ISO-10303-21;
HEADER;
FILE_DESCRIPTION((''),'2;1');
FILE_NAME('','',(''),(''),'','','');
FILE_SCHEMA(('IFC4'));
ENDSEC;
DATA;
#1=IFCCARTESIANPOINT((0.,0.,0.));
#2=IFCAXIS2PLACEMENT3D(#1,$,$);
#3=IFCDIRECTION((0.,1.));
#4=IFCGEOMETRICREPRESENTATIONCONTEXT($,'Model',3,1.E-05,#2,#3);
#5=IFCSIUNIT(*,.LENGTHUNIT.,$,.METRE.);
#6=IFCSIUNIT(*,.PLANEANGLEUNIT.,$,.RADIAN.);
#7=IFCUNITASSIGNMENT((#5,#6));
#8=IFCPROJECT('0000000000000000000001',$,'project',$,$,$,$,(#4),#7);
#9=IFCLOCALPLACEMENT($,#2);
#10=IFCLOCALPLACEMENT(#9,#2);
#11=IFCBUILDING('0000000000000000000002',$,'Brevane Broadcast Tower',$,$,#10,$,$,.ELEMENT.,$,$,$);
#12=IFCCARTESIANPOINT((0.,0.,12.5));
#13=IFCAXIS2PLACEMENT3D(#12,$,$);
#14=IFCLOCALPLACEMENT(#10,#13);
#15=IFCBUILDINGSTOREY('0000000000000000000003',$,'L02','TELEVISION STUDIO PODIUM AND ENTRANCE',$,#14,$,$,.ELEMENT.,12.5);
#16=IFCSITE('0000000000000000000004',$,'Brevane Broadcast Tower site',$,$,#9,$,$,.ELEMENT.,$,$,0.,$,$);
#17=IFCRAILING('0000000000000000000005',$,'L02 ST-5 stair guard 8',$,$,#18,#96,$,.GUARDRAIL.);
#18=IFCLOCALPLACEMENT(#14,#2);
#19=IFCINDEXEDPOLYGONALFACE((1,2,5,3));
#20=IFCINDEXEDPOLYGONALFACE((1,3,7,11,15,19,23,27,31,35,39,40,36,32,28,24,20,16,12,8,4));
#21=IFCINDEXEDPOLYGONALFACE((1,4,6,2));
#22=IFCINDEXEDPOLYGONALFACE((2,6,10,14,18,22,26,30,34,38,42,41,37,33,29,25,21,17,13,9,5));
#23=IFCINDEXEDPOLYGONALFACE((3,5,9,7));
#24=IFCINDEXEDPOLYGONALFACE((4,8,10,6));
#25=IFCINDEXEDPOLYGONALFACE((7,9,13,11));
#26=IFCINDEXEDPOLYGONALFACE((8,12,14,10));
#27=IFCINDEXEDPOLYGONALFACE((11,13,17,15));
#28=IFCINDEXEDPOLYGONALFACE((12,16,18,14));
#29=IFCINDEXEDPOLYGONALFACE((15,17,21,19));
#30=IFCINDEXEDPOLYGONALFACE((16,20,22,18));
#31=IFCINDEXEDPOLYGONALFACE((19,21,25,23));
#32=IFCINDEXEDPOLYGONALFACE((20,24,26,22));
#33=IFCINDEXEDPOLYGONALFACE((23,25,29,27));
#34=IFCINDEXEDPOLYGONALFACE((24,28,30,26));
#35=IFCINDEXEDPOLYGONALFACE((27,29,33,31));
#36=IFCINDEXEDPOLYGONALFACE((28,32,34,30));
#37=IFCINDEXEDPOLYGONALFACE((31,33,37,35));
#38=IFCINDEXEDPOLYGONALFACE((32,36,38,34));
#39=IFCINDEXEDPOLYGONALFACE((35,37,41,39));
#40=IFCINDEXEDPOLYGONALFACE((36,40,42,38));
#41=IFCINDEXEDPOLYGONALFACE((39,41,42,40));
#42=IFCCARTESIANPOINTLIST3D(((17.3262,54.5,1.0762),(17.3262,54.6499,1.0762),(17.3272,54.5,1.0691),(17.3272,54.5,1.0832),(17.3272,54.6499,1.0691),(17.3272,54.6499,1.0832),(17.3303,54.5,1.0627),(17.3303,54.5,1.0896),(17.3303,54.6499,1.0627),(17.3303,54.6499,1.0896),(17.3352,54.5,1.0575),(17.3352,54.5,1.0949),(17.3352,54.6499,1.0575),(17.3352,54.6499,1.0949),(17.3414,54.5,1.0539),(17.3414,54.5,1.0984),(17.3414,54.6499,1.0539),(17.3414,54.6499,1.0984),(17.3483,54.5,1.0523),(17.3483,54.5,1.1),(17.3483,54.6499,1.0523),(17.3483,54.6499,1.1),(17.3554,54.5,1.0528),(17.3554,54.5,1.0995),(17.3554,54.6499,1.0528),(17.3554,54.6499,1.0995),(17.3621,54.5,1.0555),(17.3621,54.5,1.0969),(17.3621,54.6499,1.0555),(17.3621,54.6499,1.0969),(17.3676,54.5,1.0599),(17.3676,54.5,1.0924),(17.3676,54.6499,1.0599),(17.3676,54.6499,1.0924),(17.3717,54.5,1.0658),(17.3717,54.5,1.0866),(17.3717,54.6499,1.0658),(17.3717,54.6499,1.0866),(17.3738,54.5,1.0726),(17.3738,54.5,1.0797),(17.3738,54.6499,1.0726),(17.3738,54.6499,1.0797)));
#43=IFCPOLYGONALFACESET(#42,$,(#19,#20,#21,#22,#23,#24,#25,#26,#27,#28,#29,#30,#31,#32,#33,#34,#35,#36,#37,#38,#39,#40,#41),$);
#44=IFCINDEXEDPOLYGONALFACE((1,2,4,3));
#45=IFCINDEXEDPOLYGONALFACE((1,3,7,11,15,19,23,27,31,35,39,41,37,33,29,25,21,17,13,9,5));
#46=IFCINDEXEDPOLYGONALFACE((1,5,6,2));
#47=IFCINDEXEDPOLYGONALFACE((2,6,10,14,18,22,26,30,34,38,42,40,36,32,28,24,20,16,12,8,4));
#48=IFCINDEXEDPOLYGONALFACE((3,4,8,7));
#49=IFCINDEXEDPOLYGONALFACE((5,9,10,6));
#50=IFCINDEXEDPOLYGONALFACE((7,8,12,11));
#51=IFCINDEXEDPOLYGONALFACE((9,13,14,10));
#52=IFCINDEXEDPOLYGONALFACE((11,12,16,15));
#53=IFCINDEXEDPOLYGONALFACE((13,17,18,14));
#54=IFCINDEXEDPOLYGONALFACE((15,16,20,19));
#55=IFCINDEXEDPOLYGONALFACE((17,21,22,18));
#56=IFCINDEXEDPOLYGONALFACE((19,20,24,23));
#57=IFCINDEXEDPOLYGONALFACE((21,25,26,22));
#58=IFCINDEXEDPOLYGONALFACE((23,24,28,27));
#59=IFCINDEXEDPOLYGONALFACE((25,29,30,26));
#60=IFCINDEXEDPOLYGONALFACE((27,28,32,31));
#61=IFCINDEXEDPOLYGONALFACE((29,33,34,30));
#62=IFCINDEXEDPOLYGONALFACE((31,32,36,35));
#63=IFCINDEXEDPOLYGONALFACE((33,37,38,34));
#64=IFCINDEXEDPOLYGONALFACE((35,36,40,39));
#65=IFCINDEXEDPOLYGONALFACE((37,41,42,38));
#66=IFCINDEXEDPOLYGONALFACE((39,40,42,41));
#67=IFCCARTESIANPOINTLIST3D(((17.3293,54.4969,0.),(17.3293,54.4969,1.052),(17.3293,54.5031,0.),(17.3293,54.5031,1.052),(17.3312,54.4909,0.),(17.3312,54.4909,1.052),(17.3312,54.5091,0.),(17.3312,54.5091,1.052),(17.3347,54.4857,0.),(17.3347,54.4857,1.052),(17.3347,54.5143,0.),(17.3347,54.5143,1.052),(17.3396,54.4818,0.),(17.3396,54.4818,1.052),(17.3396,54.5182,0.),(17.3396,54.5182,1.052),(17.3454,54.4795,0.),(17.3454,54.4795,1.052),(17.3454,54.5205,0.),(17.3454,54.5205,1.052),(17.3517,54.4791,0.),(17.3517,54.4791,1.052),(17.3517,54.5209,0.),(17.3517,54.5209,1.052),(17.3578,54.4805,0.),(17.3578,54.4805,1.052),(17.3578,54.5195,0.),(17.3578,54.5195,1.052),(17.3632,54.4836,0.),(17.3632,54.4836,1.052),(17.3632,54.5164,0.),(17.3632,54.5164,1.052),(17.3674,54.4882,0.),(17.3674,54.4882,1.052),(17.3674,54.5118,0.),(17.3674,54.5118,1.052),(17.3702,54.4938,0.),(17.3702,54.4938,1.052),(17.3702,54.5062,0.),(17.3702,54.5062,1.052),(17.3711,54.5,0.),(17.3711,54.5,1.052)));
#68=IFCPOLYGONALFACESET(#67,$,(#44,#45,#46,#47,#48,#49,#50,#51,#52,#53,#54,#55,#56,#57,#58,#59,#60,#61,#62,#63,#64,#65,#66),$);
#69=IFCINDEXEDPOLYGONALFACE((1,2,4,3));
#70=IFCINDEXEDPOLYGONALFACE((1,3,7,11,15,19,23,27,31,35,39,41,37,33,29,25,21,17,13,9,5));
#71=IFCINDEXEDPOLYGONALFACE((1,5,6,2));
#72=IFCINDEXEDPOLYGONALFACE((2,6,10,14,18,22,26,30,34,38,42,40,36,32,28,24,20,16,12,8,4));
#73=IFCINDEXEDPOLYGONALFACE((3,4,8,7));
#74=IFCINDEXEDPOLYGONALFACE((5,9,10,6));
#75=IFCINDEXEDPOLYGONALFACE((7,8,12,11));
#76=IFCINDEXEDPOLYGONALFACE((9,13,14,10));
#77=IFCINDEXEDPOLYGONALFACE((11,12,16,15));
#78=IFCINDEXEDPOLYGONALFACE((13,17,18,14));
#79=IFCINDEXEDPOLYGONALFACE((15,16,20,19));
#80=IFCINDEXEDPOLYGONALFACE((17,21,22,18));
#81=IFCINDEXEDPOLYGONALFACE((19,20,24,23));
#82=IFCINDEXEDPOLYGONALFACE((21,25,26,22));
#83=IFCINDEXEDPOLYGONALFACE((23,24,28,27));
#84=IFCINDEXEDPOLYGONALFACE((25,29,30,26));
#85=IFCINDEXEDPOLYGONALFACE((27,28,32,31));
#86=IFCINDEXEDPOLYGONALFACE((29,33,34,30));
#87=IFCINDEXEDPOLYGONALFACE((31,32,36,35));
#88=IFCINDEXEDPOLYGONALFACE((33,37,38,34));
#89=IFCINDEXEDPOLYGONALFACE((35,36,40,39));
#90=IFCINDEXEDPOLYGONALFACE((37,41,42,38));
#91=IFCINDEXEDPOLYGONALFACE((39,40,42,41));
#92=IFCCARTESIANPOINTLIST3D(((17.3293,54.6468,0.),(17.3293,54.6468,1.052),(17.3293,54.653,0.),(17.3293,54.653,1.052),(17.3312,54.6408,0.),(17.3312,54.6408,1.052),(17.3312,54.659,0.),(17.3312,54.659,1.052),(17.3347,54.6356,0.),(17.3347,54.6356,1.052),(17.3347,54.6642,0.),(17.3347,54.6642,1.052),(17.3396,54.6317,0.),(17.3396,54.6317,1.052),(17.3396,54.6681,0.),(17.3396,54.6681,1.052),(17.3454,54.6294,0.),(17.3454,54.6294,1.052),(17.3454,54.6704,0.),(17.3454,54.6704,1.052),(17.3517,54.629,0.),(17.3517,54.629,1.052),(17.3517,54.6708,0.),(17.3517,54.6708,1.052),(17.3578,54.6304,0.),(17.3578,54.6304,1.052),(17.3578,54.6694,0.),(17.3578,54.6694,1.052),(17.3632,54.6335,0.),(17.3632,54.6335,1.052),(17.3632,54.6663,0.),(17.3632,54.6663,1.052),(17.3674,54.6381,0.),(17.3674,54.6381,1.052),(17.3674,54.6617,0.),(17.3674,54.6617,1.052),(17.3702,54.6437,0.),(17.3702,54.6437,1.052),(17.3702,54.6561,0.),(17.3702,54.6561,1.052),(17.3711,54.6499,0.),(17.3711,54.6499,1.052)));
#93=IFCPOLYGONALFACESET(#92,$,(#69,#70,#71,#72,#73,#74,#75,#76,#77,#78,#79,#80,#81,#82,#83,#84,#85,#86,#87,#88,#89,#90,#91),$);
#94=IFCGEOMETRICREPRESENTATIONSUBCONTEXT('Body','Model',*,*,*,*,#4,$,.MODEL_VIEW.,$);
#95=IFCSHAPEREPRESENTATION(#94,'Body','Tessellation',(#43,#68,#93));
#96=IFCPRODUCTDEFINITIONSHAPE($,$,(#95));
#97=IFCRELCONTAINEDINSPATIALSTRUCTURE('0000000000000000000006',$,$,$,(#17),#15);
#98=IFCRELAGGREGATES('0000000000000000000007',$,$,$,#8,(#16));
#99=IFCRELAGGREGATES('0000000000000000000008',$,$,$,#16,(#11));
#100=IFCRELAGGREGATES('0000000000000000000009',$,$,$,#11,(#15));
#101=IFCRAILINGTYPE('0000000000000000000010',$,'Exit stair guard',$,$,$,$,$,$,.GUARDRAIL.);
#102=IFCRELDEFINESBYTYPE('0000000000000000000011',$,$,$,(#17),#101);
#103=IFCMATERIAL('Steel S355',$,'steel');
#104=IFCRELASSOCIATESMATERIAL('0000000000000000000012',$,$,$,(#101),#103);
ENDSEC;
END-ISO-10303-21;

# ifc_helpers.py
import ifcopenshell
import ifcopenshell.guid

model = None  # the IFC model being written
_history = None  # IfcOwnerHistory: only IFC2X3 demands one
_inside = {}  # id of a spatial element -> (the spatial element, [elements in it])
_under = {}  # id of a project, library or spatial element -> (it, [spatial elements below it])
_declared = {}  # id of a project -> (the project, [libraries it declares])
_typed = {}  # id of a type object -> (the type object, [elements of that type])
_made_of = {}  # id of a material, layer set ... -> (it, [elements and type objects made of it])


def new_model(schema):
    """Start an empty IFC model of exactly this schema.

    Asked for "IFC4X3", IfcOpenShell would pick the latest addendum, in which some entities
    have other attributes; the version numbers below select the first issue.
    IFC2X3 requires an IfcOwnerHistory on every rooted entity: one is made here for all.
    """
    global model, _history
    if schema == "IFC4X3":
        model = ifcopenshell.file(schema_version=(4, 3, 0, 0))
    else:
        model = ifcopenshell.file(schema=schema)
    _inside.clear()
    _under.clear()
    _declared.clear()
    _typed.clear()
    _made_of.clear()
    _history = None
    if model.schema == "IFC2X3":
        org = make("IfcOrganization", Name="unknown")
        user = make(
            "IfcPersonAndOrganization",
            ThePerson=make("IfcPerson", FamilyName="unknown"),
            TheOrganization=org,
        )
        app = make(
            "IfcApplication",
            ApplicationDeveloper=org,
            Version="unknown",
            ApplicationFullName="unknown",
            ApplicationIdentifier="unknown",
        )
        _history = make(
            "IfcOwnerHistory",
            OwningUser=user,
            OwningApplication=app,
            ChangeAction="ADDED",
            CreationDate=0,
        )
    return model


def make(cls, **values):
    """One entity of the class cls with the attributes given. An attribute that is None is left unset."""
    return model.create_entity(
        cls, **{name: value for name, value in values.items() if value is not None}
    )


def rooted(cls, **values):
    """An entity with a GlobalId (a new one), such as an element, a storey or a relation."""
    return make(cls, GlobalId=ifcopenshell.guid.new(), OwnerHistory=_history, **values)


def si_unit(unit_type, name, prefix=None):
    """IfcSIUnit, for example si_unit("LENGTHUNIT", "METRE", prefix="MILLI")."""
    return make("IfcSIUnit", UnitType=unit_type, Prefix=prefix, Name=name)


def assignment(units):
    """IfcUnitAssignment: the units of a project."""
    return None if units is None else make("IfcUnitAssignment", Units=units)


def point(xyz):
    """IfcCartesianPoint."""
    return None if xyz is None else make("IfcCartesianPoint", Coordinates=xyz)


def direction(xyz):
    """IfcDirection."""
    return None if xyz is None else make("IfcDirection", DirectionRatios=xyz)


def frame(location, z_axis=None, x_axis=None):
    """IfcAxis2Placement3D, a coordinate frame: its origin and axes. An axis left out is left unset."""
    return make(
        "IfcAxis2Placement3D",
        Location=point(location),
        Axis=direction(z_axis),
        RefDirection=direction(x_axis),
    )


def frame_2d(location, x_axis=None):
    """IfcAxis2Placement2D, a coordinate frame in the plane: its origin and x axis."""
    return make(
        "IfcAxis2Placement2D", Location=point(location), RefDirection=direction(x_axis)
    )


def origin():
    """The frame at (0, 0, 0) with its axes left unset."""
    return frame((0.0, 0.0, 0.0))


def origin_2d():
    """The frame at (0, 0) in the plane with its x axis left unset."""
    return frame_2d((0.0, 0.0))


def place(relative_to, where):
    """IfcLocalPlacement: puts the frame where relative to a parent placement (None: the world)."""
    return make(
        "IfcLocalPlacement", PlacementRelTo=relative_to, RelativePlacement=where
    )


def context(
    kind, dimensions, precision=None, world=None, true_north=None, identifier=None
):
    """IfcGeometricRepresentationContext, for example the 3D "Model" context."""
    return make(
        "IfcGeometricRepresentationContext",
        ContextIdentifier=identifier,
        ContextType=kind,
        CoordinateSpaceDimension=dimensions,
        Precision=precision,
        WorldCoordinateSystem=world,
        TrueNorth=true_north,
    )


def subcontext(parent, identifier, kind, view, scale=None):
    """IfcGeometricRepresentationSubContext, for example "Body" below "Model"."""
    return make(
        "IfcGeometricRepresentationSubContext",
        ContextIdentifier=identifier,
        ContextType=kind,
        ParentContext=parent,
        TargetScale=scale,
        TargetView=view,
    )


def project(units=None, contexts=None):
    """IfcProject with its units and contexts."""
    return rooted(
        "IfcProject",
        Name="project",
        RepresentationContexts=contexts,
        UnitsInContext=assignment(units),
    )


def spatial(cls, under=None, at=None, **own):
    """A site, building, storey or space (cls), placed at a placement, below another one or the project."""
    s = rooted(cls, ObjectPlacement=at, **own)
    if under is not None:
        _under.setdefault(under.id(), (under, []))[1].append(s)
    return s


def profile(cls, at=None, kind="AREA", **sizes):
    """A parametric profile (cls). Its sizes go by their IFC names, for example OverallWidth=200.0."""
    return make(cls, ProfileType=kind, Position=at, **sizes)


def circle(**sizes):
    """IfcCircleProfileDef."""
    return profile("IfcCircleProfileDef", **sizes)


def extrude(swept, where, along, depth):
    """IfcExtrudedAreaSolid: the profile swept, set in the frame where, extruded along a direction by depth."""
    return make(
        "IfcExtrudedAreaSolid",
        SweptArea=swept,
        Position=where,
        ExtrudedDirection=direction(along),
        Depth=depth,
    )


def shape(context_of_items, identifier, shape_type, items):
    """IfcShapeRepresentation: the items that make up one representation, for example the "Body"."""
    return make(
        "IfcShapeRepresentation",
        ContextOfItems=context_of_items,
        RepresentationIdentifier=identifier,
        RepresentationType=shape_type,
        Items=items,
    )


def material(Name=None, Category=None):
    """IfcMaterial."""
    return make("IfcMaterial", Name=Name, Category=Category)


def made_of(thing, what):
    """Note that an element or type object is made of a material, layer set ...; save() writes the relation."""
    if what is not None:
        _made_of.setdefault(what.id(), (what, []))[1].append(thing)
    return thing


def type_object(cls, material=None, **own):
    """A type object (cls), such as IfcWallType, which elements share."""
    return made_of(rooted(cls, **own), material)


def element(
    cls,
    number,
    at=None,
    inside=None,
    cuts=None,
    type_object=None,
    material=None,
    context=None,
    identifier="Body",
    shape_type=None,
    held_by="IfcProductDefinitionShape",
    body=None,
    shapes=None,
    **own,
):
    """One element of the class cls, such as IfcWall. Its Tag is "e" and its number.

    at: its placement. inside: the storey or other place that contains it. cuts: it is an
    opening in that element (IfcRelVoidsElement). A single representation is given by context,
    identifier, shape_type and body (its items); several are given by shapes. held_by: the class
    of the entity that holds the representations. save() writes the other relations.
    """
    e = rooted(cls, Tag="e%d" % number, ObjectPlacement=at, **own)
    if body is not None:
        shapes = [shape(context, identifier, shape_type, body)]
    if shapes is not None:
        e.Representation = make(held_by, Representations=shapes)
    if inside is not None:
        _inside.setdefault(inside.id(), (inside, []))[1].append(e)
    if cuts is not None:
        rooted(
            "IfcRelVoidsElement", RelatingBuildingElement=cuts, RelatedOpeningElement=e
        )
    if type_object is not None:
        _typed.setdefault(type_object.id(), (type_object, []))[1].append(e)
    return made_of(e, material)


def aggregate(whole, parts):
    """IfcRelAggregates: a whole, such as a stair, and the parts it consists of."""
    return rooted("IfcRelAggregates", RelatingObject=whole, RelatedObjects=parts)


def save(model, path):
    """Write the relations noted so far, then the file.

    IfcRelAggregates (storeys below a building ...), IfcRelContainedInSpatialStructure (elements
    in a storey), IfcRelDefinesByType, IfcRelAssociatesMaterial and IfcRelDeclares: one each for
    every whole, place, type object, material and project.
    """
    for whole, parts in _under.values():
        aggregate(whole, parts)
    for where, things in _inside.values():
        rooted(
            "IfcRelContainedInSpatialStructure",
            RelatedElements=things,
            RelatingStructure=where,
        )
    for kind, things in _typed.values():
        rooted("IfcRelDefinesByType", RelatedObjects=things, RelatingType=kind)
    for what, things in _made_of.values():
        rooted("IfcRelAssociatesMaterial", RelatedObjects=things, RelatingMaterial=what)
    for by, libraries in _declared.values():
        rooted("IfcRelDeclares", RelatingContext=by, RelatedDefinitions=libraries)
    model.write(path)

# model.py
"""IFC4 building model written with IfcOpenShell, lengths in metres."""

from ifc_helpers import new_model, si_unit, direction, frame, origin, origin_2d, place, context, subcontext, project, spatial, circle, extrude, material, type_object, element, save


model = new_model("IFC4")

# Units and contexts
model_context = context("Model", 3, precision=1e-05, world=origin(), true_north=direction((0.0, 1.0)))
body_context = subcontext(model_context, "Body", "Model", "MODEL_VIEW")
ifc_project = project(units=[si_unit("LENGTHUNIT", "METRE"), si_unit("PLANEANGLEUNIT", "RADIAN")], contexts=[model_context])

# Site, building, storey
site_placement = place(None, origin())
site = spatial("IfcSite", under=ifc_project, at=site_placement, Name="Brevane Broadcast Tower site", CompositionType="ELEMENT", RefElevation=0.0)
building_placement = place(site_placement, origin())
building = spatial("IfcBuilding", under=site, at=building_placement, Name="Brevane Broadcast Tower", CompositionType="ELEMENT")
storey_placement = place(building_placement, frame((0.0, 0.0, 12.5)))
storey = spatial("IfcBuildingStorey", under=building, at=storey_placement, Name="L02", Description="TELEVISION STUDIO PODIUM AND ENTRANCE", CompositionType="ELEMENT", Elevation=12.5)

# Railing
ifc_material_1 = material(Name="Steel S355", Category="steel")
railing_type_1 = type_object("IfcRailingType", Name="Exit stair guard", PredefinedType="GUARDRAIL", material=ifc_material_1)
railing_1_placement = place(storey_placement, frame((17.3501, 54.5, 0.0)))
element("IfcRailing", 1, at=railing_1_placement, inside=storey, type_object=railing_type_1, Name="L02 ST-5 stair guard 8", PredefinedType="GUARDRAIL", context=body_context, shape_type="SweptSolid", body=[
    extrude(circle(Radius=0.0239, at=origin_2d()), frame((0.0, 0.0, 1.0762), z_axis=(0.0, 1.0, 0.0), x_axis=(-1.0, 0.0, 0.0)), (0.0, 0.0, 1.0), 0.1499),
    extrude(circle(Radius=0.021, at=origin_2d()), origin(), (0.0, 0.0, 1.0), 1.052),
    extrude(circle(Radius=0.021, at=origin_2d()), frame((0.0, 0.1499, 0.0)), (0.0, 0.0, 1.0), 1.052),
])

save(model, "model.ifc")
